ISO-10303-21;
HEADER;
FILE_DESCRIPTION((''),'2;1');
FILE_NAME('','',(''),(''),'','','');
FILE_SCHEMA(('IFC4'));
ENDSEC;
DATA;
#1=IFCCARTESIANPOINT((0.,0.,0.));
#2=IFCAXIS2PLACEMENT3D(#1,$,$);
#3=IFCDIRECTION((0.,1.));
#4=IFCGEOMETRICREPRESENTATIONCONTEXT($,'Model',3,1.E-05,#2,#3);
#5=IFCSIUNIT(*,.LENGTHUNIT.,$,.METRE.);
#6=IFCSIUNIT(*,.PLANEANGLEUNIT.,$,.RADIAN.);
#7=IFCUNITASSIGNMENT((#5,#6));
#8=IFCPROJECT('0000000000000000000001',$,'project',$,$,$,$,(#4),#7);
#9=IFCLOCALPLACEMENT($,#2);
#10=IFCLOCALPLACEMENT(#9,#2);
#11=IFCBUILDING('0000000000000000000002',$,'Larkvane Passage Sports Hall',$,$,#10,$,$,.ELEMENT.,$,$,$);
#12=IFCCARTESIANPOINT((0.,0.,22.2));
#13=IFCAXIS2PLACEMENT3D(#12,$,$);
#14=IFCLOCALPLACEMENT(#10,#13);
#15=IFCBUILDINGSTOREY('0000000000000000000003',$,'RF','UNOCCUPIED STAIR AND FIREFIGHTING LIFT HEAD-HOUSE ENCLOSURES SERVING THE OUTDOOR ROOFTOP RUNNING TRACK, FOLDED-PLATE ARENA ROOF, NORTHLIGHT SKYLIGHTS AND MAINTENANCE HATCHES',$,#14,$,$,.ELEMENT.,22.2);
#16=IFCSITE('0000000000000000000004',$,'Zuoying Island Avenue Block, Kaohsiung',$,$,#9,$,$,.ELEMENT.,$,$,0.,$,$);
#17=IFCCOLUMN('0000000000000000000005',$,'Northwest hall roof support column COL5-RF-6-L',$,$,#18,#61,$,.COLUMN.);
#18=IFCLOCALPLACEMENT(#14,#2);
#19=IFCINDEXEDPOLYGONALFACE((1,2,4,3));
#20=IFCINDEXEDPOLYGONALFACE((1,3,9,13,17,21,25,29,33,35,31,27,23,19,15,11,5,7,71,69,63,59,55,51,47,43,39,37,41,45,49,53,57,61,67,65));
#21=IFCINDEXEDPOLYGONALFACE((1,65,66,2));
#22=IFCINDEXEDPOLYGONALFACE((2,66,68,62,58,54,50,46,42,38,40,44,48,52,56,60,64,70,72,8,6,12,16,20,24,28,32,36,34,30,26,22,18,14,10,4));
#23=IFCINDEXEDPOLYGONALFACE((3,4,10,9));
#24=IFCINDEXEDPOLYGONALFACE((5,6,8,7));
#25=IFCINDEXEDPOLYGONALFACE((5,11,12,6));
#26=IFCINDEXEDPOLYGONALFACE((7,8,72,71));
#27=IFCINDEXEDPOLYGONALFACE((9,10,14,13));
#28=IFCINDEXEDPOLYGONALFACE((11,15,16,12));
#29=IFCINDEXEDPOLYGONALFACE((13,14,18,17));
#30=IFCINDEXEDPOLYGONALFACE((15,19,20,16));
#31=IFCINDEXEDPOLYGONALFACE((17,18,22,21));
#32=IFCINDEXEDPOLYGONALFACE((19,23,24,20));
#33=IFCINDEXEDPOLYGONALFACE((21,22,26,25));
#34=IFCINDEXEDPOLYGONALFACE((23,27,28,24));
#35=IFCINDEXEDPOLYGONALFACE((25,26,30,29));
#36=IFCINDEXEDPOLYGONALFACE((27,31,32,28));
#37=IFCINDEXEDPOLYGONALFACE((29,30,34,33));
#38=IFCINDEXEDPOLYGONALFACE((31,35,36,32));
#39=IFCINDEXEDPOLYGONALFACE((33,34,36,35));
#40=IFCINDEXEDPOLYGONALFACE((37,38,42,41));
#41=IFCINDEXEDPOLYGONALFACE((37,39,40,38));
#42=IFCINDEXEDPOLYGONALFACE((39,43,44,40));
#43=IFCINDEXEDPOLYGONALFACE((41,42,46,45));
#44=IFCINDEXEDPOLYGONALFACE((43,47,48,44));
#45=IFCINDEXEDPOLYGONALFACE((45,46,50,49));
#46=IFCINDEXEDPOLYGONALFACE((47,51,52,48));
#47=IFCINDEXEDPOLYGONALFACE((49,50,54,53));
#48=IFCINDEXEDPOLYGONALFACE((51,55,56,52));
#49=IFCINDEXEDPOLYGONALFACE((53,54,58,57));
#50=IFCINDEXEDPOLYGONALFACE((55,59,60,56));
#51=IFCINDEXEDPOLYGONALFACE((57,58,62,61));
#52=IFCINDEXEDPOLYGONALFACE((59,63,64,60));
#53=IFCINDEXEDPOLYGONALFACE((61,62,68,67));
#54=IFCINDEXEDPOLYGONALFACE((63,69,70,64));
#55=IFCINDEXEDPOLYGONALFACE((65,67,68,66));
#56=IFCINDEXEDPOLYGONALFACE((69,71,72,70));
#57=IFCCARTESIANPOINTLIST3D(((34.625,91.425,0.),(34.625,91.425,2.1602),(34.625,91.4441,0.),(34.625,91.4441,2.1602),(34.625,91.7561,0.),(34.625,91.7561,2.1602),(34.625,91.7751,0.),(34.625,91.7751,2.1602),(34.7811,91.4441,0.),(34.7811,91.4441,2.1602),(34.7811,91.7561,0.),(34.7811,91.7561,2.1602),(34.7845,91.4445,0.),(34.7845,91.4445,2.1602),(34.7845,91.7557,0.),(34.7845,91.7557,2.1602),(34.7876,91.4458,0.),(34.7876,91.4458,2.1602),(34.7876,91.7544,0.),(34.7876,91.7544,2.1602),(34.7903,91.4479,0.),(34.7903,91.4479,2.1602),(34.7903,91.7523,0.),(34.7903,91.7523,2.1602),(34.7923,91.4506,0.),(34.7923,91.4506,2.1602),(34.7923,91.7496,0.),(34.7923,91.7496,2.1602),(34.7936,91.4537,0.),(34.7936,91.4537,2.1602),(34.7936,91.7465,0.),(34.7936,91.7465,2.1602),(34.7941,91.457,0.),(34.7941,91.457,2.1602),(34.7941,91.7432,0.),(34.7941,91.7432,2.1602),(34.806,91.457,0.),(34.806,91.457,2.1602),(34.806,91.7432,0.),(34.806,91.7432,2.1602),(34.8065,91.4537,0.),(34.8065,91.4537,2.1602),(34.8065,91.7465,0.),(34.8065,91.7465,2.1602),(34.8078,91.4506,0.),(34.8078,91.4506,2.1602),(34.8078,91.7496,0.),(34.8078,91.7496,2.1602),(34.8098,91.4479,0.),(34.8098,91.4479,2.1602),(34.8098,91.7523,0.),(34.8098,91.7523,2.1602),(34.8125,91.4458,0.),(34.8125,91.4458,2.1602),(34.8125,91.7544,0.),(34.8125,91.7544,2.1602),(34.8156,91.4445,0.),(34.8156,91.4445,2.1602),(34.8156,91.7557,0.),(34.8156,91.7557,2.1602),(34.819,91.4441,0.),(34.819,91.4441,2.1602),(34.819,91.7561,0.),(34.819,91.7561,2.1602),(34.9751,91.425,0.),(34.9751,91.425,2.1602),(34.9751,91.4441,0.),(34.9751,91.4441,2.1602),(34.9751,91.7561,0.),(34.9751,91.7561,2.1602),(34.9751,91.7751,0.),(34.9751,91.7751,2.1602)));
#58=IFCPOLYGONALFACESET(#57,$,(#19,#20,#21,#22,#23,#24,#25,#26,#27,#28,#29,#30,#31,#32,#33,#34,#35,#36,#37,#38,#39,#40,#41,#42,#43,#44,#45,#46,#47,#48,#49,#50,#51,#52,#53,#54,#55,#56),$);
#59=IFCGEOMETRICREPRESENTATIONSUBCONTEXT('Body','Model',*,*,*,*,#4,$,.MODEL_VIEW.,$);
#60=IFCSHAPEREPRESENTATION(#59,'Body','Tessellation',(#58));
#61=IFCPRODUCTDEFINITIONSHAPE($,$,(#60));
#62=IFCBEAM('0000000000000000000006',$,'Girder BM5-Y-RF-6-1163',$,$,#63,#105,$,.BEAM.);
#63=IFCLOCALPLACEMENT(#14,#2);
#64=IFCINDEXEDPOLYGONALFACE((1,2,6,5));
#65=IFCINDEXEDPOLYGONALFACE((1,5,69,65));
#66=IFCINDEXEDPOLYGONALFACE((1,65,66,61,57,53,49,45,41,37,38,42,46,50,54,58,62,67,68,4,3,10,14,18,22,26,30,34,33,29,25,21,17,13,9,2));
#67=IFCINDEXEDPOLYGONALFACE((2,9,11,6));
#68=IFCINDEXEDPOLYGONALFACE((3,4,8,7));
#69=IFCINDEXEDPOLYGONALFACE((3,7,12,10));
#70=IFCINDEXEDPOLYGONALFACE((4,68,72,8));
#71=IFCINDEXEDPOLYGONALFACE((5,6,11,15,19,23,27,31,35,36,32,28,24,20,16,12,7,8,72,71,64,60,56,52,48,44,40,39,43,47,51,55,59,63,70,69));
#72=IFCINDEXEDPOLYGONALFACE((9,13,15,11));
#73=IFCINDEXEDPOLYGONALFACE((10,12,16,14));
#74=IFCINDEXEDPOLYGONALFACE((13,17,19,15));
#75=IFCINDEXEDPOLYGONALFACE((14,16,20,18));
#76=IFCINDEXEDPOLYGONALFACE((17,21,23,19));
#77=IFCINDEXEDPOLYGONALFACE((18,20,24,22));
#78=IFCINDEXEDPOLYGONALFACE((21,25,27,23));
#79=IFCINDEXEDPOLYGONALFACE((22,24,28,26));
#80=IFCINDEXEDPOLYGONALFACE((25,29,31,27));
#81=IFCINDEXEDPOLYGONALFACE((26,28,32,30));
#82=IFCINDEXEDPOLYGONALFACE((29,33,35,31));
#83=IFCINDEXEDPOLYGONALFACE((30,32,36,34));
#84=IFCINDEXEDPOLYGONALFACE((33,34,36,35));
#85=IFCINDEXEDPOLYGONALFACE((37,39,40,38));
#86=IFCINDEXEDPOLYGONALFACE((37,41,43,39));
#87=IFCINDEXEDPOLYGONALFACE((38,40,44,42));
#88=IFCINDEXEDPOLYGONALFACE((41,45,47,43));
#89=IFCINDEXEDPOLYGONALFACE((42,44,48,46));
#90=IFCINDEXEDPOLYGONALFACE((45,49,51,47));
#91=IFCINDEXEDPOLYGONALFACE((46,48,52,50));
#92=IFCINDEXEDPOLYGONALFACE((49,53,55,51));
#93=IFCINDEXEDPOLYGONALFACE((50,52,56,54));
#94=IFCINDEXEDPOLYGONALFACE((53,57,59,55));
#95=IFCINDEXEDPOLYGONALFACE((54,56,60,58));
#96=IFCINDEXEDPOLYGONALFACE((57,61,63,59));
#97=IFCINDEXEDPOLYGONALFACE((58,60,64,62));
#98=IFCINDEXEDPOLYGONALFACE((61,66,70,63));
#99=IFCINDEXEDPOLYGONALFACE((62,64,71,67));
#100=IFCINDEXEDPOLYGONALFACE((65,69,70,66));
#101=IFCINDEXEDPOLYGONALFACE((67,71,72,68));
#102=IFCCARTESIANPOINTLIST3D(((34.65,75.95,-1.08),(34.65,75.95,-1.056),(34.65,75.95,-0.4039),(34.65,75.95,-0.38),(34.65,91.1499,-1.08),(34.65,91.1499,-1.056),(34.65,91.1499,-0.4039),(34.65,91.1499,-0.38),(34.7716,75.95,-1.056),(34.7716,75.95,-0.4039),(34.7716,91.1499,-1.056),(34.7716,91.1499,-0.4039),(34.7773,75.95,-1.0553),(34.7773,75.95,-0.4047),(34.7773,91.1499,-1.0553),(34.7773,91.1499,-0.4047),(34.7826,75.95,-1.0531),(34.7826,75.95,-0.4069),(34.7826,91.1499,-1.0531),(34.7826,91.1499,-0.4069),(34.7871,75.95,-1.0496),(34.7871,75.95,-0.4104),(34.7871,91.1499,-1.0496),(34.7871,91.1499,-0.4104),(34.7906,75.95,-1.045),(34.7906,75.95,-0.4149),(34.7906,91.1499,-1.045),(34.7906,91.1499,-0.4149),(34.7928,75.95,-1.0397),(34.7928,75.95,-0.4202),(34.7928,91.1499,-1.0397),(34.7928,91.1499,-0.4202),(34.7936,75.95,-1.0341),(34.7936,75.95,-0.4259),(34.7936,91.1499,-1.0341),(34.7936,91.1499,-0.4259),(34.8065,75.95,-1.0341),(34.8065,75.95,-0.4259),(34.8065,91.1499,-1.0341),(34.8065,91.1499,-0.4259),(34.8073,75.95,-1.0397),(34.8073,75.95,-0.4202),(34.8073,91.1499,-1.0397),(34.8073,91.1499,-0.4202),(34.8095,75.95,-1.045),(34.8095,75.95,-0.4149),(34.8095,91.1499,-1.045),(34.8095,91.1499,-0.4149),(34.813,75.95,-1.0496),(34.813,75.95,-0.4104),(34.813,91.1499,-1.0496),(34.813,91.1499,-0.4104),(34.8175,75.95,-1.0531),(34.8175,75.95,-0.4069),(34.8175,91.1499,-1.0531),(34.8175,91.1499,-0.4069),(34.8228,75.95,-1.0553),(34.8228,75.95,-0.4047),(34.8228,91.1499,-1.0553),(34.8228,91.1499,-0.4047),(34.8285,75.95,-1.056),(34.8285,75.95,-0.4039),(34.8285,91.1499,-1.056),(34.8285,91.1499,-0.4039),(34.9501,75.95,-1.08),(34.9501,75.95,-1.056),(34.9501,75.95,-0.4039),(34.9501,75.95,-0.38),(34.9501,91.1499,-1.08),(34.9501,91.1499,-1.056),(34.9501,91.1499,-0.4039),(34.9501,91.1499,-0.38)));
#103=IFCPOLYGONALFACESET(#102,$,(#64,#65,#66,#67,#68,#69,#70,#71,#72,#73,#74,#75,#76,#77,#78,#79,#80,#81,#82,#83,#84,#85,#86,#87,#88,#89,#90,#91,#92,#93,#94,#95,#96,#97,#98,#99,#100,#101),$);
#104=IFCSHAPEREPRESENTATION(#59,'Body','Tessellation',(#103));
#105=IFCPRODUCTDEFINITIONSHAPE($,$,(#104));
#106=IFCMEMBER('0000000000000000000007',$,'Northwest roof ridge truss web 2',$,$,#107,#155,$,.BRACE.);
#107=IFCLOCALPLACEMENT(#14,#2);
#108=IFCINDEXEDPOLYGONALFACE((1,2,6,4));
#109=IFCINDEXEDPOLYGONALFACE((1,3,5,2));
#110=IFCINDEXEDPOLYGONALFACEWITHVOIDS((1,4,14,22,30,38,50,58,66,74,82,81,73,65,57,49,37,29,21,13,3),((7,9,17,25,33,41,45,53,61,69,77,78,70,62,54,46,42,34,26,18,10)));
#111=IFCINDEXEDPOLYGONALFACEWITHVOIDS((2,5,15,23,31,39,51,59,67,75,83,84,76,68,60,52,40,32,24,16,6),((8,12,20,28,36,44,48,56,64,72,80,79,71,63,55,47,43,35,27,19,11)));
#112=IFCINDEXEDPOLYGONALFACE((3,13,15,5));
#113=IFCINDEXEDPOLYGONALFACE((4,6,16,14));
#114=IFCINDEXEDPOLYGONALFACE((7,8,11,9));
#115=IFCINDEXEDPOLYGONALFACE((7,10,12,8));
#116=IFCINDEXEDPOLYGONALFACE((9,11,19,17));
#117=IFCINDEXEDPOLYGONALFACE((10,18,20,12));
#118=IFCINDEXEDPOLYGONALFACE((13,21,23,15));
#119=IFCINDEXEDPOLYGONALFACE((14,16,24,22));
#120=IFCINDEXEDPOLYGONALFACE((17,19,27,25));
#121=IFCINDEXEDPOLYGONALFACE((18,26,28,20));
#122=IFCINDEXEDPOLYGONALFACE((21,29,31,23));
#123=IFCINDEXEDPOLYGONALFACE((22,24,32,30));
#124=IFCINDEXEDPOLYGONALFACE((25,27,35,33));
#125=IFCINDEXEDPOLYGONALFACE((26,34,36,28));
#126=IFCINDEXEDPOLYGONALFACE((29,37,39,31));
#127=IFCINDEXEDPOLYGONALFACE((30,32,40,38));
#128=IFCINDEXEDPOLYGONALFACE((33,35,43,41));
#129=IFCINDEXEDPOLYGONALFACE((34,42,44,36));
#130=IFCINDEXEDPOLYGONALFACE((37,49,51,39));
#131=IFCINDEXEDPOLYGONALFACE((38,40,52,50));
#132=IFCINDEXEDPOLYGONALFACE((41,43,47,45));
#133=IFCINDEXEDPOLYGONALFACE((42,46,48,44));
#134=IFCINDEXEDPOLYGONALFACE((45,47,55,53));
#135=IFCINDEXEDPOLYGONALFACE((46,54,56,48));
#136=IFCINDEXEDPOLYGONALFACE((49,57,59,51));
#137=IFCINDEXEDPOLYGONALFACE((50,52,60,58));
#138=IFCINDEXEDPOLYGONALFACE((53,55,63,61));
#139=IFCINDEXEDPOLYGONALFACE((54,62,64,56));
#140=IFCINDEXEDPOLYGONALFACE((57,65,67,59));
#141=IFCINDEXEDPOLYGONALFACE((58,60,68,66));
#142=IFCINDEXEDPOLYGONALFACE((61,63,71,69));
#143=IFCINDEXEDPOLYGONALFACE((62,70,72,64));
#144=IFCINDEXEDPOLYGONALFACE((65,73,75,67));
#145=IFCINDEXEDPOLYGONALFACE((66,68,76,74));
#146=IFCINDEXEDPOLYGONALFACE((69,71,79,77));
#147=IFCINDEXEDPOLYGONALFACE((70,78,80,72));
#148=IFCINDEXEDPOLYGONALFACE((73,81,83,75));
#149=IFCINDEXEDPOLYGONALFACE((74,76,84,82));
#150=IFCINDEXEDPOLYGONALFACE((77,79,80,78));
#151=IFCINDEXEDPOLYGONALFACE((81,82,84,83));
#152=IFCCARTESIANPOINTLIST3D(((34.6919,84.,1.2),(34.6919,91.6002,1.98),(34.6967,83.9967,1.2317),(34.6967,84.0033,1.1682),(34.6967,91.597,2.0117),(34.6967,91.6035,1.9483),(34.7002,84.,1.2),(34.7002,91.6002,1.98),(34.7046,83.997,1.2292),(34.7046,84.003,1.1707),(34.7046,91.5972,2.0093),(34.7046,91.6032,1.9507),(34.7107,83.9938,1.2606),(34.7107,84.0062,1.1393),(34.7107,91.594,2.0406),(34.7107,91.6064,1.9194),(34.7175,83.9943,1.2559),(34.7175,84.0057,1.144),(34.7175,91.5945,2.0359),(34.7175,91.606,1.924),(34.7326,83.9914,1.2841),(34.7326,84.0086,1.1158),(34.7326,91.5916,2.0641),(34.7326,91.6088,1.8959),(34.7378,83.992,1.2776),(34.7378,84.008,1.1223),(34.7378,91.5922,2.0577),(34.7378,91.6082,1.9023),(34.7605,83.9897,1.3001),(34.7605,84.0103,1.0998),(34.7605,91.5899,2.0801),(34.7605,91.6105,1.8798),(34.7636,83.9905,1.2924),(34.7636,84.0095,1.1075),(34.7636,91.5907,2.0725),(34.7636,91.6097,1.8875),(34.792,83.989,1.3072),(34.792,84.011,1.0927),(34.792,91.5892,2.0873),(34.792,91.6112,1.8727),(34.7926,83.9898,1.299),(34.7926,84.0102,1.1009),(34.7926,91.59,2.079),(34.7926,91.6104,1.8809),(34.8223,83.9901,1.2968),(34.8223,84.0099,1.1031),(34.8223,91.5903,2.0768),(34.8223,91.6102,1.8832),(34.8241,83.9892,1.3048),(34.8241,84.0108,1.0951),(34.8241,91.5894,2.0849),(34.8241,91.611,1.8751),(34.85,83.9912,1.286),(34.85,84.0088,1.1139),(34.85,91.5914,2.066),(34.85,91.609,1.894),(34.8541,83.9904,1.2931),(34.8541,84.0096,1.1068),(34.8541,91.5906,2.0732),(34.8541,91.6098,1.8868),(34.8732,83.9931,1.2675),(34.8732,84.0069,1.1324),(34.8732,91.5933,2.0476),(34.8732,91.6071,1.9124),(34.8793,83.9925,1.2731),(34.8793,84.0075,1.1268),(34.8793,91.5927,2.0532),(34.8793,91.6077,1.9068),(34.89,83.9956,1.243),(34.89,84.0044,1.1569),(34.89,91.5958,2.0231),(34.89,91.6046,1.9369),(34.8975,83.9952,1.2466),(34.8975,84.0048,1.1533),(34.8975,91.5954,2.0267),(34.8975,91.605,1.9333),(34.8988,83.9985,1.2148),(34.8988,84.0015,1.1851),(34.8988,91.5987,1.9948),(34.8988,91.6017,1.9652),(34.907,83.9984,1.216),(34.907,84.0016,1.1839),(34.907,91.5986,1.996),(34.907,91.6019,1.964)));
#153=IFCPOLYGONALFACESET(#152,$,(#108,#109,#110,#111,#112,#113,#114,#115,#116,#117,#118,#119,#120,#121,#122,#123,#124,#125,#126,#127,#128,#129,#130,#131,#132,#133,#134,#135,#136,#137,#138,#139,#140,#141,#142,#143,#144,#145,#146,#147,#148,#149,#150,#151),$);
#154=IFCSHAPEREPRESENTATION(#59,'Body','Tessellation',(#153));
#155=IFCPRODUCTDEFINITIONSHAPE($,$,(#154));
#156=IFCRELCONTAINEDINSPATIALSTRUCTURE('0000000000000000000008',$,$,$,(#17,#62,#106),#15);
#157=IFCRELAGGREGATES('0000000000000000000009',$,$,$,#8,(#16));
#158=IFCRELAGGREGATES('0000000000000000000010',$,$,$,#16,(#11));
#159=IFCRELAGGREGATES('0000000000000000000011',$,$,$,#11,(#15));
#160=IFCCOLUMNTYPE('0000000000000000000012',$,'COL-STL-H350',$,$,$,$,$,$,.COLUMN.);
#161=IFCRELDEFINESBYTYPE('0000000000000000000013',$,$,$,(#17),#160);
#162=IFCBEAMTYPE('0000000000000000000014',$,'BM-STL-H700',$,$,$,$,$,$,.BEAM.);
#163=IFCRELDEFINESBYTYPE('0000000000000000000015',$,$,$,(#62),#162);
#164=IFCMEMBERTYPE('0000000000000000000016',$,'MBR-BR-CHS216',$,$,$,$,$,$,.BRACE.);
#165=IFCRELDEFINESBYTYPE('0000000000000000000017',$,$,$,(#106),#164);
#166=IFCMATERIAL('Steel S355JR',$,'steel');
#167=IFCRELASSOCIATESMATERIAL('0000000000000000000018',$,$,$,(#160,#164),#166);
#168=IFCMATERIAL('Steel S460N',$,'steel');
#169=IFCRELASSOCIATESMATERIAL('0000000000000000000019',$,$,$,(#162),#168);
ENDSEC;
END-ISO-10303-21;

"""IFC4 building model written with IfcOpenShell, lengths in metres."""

from ifc_helpers import new_model, si_unit, direction, frame, origin, origin_2d, place, context, subcontext, project, spatial, hollow_circle, i_section, extrude, material, material_profile, profile_set, type_object, element, save


model = new_model("IFC4")

# Units and contexts
model_context = context("Model", 3, precision=1e-05, world=origin(), true_north=direction((0.0, 1.0)))
body_context = subcontext(model_context, "Body", "Model", "MODEL_VIEW")
ifc_project = project(units=[si_unit("LENGTHUNIT", "METRE"), si_unit("PLANEANGLEUNIT", "RADIAN")], contexts=[model_context])

# Site, building, storey
site_placement = place(None, origin())
site = spatial("IfcSite", under=ifc_project, at=site_placement, Name="Zuoying Island Avenue Block, Kaohsiung", CompositionType="ELEMENT", RefElevation=0.0)
building_placement = place(site_placement, origin())
building = spatial("IfcBuilding", under=site, at=building_placement, Name="Larkvane Passage Sports Hall", CompositionType="ELEMENT")
storey_placement = place(building_placement, frame((0.0, 0.0, 22.2)))
storey = spatial("IfcBuildingStorey", under=building, at=storey_placement, Name="RF", Description="UNOCCUPIED STAIR AND FIREFIGHTING LIFT HEAD-HOUSE ENCLOSURES SERVING THE OUTDOOR ROOFTOP RUNNING TRACK, FOLDED-PLATE ARENA ROOF, NORTHLIGHT SKYLIGHTS AND MAINTENANCE HATCHES", CompositionType="ELEMENT", Elevation=22.2)

# Column
ifc_material_1 = material(Name="Steel S355JR", Category="steel")
ifc_material_profile_1 = material_profile(ifc_material_1, i_section(OverallWidth=0.3501, OverallDepth=0.3501, WebThickness=0.012, FlangeThickness=0.019, FilletRadius=0.0129, at=origin_2d()), Name="H-350x350x12x19")
ifc_profile_set_1 = profile_set([ifc_material_profile_1], Name="Steel S355JR")
column_type = type_object("IfcColumnType", Name="COL-STL-H350", PredefinedType="COLUMN", material=ifc_profile_set_1)
column_placement = place(storey_placement, frame((34.8, 91.6001, 0.0), z_axis=(0.0, 0.0, 1.0), x_axis=(1.0, 0.0, 0.0)))
element("IfcColumn", 1, at=column_placement, inside=storey, type_object=column_type, Name="Northwest hall roof support column COL5-RF-6-L", PredefinedType="COLUMN", context=body_context, shape_type="SweptSolid", body=[
    extrude(i_section(OverallWidth=0.3501, OverallDepth=0.3501, WebThickness=0.012, FlangeThickness=0.019, FilletRadius=0.0129, at=origin_2d()), origin(), (0.0, 0.0, 1.0), 2.1602),
])

# Beam
ifc_material_2 = material(Name="Steel S460N", Category="steel")
ifc_material_profile_2 = material_profile(ifc_material_2, i_section(OverallWidth=0.3, OverallDepth=0.7, WebThickness=0.0129, FlangeThickness=0.0239, FilletRadius=0.022, at=origin_2d()), Name="H-700x300x13x24")
ifc_profile_set_2 = profile_set([ifc_material_profile_2], Name="Steel S460N")
beam_type = type_object("IfcBeamType", Name="BM-STL-H700", PredefinedType="BEAM", material=ifc_profile_set_2)
beam_placement = place(storey_placement, frame((34.8, 75.95, -0.73), z_axis=(0.0, 1.0, 0.0), x_axis=(-1.0, 0.0, 0.0)))
element("IfcBeam", 2, at=beam_placement, inside=storey, type_object=beam_type, Name="Girder BM5-Y-RF-6-1163", PredefinedType="BEAM", context=body_context, shape_type="SweptSolid", body=[
    extrude(i_section(OverallWidth=0.3, OverallDepth=0.7, WebThickness=0.0129, FlangeThickness=0.0239, FilletRadius=0.022, at=origin_2d()), origin(), (0.0, 0.0, 1.0), 15.2),
])

# Member
ifc_material_profile_3 = material_profile(ifc_material_1, hollow_circle(Radius=0.1082, WallThickness=0.0083, at=origin_2d()), Name="CHS-216.3x8.2")
ifc_profile_set_3 = profile_set([ifc_material_profile_3], Name="Steel S355JR")
member_type_1 = type_object("IfcMemberType", Name="MBR-BR-CHS216", PredefinedType="BRACE", material=ifc_profile_set_3)
member_1_placement = place(storey_placement, frame((34.8, 84.0, 1.2), z_axis=(0.0, 0.994774, 0.102098), x_axis=(-1.0, 0.0, 0.0)))
element("IfcMember", 3, at=member_1_placement, inside=storey, type_object=member_type_1, Name="Northwest roof ridge truss web 2", PredefinedType="BRACE", context=body_context, shape_type="SweptSolid", body=[
    extrude(hollow_circle(Radius=0.1082, WallThickness=0.0083, at=origin_2d()), origin(), (0.0, 0.0, 1.0), 7.6401),
])

save(model, "model.ifc")
